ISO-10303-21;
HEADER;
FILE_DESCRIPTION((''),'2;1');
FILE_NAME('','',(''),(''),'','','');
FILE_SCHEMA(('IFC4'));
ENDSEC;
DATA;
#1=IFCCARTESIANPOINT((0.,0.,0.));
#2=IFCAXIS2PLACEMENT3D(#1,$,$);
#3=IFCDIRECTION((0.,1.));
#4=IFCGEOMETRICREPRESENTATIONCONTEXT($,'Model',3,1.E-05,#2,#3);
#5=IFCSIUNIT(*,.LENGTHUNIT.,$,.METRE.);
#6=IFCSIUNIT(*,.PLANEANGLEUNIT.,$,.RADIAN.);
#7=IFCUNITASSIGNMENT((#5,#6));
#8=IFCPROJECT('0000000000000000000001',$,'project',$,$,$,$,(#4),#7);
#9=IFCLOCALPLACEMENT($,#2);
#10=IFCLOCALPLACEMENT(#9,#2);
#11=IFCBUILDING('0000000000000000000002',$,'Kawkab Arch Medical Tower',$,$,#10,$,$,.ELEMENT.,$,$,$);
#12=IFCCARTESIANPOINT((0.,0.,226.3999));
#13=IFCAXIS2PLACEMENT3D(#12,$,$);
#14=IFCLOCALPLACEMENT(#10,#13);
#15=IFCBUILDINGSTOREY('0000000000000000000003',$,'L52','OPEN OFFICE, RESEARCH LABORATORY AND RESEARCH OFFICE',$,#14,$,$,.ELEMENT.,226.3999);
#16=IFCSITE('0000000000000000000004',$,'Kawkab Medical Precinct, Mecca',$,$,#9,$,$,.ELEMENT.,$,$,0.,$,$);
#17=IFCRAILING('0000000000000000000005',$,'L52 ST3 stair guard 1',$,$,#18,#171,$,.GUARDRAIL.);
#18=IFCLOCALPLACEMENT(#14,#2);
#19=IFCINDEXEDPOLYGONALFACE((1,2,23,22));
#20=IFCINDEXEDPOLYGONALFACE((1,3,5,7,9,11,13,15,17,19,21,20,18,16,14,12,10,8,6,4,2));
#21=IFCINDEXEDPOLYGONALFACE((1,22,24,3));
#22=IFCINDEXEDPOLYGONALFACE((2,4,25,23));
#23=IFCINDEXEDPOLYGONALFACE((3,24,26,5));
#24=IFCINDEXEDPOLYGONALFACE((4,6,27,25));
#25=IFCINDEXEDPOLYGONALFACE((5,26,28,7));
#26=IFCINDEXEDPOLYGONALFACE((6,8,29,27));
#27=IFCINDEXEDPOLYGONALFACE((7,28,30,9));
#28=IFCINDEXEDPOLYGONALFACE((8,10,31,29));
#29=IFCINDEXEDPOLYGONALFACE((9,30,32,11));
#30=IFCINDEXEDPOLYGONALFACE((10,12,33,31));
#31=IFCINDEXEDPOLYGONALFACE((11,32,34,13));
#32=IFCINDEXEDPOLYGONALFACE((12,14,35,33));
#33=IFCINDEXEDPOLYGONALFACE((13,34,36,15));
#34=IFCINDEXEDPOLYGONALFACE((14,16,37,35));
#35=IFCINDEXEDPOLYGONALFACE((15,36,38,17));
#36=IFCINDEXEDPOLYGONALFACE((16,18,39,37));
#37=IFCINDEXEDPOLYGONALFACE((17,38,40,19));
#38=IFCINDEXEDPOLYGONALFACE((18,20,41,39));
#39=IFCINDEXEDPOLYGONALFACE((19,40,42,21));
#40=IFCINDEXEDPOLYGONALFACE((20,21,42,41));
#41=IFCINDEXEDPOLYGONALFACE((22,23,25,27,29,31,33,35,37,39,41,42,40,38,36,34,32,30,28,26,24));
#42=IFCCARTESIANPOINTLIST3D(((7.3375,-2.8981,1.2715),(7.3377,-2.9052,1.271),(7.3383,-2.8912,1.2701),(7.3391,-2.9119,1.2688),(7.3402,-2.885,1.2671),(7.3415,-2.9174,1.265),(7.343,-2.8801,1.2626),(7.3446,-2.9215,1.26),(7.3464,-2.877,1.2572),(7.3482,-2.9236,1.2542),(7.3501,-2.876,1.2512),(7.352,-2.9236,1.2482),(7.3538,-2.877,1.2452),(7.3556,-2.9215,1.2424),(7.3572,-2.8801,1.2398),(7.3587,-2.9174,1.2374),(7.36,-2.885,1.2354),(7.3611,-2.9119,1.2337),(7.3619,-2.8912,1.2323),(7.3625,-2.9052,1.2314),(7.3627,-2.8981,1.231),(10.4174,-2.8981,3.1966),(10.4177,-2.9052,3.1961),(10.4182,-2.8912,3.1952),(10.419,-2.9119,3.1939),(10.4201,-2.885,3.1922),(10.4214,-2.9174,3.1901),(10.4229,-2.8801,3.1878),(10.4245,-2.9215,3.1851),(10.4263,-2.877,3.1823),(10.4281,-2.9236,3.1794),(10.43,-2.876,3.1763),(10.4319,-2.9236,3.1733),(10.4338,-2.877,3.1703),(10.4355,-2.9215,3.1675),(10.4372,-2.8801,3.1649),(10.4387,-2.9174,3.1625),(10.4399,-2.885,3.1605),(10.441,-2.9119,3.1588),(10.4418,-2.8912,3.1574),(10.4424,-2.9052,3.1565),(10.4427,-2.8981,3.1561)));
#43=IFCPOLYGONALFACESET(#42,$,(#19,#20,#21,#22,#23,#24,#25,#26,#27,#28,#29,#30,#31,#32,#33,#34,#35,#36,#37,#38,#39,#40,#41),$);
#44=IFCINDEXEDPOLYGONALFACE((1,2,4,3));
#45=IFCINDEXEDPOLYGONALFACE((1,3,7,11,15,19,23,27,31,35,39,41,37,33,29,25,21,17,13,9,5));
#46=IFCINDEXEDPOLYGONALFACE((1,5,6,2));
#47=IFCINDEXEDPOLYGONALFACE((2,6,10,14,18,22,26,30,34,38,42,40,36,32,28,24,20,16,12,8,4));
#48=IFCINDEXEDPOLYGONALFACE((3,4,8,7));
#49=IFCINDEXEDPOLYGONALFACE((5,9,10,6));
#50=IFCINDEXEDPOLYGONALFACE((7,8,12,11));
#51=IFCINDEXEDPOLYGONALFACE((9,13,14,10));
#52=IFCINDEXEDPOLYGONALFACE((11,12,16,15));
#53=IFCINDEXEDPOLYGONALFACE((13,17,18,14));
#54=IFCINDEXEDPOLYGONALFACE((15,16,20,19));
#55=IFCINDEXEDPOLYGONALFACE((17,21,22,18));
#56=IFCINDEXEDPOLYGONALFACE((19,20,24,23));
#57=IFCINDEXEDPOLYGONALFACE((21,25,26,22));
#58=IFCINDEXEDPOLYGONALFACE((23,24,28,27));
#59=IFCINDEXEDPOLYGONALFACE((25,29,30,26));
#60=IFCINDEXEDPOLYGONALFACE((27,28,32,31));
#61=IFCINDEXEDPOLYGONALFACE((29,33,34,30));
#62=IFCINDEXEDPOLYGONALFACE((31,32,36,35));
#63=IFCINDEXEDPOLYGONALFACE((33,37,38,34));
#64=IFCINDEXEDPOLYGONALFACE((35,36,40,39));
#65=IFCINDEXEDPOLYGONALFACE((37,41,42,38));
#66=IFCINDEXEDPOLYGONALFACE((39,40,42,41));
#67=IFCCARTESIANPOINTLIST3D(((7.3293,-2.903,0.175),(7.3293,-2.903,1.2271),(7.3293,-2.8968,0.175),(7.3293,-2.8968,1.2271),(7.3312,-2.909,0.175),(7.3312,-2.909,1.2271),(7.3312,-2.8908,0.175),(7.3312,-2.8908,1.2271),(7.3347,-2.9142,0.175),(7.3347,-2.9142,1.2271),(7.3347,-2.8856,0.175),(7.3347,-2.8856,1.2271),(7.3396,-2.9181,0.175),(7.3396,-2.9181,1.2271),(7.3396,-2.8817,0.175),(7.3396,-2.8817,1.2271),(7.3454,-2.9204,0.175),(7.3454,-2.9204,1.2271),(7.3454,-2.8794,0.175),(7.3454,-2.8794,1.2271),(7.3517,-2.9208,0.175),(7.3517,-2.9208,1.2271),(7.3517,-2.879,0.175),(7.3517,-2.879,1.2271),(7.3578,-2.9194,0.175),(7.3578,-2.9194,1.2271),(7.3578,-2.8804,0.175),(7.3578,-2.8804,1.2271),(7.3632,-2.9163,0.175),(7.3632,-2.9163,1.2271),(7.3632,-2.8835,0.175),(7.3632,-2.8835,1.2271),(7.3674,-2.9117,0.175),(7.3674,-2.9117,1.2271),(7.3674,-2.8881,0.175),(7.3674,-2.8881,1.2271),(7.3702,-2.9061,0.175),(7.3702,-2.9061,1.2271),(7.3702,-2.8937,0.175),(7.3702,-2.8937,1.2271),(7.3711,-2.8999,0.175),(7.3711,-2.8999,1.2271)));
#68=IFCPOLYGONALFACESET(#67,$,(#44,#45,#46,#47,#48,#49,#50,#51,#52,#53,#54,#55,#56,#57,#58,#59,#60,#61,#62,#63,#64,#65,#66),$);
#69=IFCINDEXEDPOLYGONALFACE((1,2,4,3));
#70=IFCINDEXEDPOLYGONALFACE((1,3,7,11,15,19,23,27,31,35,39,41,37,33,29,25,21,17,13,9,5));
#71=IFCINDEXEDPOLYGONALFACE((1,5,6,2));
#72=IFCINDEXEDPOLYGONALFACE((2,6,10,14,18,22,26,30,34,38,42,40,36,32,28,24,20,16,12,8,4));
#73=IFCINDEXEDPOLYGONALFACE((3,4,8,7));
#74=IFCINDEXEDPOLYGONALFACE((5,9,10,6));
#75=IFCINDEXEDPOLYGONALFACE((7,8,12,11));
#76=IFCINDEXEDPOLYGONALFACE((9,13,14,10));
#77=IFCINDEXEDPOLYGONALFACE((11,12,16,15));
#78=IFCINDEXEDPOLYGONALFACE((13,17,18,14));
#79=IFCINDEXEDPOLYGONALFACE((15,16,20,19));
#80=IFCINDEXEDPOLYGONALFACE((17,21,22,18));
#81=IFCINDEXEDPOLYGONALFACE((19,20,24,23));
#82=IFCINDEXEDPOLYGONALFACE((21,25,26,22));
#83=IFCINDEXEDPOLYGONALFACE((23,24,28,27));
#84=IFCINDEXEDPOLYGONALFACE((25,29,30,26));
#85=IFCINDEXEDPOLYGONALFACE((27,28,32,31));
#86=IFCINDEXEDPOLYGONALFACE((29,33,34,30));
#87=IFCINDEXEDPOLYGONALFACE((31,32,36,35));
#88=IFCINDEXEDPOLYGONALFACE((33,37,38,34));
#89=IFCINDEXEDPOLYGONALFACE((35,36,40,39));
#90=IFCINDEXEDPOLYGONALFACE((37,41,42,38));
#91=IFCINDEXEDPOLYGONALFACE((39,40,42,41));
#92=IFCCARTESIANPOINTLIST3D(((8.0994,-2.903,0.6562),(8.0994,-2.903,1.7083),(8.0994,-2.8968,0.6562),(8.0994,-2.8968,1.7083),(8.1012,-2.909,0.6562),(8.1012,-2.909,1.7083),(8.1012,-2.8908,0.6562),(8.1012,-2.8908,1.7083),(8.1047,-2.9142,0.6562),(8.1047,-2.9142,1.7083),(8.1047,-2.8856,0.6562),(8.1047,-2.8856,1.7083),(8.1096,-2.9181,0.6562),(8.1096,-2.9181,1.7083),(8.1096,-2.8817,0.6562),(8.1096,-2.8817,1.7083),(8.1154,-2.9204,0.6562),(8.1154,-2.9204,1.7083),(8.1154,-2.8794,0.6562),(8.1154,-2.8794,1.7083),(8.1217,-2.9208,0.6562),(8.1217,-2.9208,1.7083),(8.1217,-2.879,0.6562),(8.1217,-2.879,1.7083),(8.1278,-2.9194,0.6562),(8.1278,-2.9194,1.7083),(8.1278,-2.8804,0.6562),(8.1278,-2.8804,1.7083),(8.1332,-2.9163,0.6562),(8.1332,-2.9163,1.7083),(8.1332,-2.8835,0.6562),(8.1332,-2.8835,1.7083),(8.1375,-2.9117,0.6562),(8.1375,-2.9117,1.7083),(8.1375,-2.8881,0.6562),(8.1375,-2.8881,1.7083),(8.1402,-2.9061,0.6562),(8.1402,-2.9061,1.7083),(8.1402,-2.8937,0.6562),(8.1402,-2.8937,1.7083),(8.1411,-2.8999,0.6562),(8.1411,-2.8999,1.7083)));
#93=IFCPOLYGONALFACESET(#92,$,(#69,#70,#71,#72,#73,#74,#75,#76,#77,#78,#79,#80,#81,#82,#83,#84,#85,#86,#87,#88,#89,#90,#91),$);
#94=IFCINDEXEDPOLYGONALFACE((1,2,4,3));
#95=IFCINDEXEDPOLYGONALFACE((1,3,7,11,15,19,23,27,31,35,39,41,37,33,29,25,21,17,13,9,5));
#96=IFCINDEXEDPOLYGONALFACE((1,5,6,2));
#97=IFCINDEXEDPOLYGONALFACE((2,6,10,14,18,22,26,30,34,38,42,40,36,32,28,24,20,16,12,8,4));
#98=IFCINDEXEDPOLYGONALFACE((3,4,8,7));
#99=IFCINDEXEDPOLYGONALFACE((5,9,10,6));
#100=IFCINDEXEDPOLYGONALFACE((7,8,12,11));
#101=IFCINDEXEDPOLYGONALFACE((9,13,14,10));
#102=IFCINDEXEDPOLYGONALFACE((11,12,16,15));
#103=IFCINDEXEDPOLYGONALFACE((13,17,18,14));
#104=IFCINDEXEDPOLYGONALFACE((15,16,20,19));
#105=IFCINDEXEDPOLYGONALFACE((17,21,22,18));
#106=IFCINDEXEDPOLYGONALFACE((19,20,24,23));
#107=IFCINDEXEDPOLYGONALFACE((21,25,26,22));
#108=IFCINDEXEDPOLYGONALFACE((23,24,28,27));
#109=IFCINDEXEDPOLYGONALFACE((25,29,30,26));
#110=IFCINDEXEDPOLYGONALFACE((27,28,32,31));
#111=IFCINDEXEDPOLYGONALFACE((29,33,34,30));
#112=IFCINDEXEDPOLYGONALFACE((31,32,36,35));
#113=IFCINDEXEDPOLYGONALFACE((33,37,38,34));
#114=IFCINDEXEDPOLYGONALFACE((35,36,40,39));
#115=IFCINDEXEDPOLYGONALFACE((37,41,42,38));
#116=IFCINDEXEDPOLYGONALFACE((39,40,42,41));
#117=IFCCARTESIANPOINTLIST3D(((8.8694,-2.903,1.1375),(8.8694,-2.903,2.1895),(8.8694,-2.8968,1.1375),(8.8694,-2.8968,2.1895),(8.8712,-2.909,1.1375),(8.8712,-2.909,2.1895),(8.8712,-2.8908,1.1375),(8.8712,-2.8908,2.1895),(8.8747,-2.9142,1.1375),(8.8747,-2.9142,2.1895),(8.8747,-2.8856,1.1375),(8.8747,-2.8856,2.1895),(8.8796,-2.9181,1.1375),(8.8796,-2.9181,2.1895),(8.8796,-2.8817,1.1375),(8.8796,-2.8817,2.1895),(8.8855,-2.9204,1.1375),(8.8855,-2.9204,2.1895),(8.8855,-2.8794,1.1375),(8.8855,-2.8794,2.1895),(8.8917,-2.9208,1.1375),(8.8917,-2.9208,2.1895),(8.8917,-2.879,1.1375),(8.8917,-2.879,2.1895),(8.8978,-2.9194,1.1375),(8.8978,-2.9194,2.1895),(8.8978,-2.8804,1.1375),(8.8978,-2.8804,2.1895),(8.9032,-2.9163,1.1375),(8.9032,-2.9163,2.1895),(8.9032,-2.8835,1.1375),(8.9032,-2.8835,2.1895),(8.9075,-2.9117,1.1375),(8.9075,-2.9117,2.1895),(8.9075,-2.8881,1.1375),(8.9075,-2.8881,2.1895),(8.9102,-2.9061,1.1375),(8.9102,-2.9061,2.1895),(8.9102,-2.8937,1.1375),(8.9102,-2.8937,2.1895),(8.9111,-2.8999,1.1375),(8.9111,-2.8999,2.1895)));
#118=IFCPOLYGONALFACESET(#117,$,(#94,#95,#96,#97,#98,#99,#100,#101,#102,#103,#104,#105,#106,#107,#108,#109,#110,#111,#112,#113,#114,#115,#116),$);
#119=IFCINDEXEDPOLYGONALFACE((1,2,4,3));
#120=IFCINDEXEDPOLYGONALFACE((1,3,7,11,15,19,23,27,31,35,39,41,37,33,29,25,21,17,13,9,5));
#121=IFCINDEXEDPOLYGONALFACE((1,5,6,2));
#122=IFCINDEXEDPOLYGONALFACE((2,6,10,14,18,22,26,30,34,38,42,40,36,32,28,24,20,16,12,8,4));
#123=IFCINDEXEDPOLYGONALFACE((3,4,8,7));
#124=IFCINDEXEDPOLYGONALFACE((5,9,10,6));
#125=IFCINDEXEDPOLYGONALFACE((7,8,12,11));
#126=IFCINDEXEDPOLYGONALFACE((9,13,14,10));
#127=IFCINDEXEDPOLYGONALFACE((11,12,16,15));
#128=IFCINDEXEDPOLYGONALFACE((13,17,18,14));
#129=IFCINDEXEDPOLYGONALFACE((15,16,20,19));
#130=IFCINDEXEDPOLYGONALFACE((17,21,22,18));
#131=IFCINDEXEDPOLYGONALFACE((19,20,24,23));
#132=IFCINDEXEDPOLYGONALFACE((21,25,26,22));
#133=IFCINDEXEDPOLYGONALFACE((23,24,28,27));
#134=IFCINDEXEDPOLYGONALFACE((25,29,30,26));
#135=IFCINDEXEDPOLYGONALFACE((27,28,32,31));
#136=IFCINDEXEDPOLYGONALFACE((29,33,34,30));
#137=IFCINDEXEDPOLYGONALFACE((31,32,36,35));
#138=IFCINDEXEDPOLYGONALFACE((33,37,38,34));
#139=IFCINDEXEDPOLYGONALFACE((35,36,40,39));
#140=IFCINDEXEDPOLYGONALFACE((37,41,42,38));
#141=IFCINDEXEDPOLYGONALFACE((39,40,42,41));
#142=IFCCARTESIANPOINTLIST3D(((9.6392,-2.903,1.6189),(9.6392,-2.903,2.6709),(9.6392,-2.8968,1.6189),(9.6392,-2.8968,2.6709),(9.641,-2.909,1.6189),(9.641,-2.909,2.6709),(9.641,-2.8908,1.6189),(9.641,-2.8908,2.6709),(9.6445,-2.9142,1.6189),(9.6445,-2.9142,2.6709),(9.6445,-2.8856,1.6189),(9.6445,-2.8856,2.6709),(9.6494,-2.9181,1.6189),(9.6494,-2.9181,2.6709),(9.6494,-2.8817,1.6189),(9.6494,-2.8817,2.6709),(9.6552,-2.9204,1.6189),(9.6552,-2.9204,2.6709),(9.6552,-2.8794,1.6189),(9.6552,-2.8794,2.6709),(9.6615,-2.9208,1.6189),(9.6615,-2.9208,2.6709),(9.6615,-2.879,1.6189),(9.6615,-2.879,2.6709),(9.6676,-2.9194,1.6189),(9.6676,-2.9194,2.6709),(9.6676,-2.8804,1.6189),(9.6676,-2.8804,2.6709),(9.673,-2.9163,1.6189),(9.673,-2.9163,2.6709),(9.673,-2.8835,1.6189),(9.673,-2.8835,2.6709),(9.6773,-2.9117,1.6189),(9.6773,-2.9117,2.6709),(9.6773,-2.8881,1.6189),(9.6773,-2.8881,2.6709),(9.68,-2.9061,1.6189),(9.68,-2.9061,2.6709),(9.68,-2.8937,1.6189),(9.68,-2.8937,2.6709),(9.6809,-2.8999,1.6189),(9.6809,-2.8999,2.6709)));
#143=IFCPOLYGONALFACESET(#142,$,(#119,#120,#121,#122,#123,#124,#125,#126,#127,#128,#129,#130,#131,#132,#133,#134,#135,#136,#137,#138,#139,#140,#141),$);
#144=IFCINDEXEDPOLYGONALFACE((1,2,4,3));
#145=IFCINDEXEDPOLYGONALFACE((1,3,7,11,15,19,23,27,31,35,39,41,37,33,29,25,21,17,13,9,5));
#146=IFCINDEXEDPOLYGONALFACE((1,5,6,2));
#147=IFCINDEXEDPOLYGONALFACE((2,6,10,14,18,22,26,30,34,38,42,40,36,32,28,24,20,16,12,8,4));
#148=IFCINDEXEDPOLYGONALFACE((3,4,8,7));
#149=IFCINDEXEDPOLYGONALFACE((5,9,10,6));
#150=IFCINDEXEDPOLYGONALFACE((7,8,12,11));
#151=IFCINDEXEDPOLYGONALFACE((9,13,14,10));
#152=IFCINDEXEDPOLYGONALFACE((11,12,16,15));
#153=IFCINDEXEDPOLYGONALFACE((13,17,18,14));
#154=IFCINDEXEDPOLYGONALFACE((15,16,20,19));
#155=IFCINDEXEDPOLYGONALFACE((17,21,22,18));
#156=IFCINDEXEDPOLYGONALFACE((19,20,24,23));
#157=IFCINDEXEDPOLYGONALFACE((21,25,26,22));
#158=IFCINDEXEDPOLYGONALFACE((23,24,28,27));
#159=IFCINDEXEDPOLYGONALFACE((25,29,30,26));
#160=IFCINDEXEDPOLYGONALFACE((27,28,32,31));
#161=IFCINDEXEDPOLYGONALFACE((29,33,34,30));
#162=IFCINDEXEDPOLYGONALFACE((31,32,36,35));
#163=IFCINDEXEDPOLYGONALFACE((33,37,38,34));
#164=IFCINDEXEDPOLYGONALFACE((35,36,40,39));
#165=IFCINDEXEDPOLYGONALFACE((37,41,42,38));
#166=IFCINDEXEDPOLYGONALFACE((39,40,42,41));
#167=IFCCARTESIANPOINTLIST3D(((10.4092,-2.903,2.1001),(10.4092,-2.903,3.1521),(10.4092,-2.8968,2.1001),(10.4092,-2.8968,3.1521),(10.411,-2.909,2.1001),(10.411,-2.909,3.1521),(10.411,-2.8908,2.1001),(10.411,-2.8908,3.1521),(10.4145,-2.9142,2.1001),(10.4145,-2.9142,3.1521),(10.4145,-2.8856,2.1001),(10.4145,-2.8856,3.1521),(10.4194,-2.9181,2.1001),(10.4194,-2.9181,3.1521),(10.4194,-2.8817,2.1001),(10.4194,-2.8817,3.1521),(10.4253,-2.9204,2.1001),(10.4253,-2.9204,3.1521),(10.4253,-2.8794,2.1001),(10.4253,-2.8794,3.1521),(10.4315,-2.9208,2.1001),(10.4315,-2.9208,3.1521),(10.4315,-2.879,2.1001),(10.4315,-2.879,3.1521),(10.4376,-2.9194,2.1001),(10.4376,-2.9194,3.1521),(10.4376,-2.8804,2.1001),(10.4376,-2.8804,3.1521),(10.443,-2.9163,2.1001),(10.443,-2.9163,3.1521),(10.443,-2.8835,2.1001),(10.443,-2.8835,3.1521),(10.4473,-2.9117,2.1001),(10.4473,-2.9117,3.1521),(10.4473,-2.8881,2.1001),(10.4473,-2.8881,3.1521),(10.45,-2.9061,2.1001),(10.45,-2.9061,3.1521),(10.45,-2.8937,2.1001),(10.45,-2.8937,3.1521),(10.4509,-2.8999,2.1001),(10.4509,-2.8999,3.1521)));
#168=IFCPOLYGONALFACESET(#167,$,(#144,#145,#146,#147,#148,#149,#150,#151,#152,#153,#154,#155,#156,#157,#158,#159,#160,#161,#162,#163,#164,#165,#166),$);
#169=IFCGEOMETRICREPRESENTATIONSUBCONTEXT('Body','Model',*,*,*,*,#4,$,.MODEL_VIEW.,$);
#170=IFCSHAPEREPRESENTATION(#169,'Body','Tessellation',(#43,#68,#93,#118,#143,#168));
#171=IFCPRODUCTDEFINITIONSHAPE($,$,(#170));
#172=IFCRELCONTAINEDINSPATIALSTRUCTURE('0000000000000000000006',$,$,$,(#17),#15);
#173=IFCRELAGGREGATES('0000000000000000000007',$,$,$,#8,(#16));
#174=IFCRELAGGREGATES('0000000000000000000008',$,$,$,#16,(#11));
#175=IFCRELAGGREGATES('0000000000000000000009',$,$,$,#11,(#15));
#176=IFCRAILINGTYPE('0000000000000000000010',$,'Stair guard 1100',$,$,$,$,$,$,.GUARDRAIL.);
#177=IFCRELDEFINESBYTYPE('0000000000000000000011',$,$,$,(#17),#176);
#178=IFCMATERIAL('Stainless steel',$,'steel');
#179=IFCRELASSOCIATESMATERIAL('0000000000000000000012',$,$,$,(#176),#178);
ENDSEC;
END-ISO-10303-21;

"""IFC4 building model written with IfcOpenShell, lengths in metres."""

from ifc_helpers import new_model, si_unit, direction, frame, origin, origin_2d, place, context, subcontext, project, spatial, circle, extrude, material, type_object, element, save


model = new_model("IFC4")

# Units and contexts
model_context = context("Model", 3, precision=1e-05, world=origin(), true_north=direction((0.0, 1.0)))
body_context = subcontext(model_context, "Body", "Model", "MODEL_VIEW")
ifc_project = project(units=[si_unit("LENGTHUNIT", "METRE"), si_unit("PLANEANGLEUNIT", "RADIAN")], contexts=[model_context])

# Site, building, storey
site_placement = place(None, origin())
site = spatial("IfcSite", under=ifc_project, at=site_placement, Name="Kawkab Medical Precinct, Mecca", CompositionType="ELEMENT", RefElevation=0.0)
building_placement = place(site_placement, origin())
building = spatial("IfcBuilding", under=site, at=building_placement, Name="Kawkab Arch Medical Tower", CompositionType="ELEMENT")
storey_placement = place(building_placement, frame((0.0, 0.0, 226.3999)))
storey = spatial("IfcBuildingStorey", under=building, at=storey_placement, Name="L52", Description="OPEN OFFICE, RESEARCH LABORATORY AND RESEARCH OFFICE", CompositionType="ELEMENT", Elevation=226.3999)

# Railing
ifc_material_1 = material(Name="Stainless steel", Category="steel")
railing_type_1 = type_object("IfcRailingType", Name="Stair guard 1100", PredefinedType="GUARDRAIL", material=ifc_material_1)
railing_1_placement = place(storey_placement, frame((7.3501, -2.8999, 0.175)))
element("IfcRailing", 1, at=railing_1_placement, inside=storey, type_object=railing_type_1, Name="L52 ST3 stair guard 1", PredefinedType="GUARDRAIL", context=body_context, shape_type="SweptSolid", body=[
    extrude(circle(Radius=0.0239, at=origin_2d()), frame((0.0, 0.0, 1.0762), z_axis=(0.847979, 0.0, 0.530029), x_axis=(0.0, 1.0, 0.0)), (0.0, 0.0, 1.0), 3.6321),
    extrude(circle(Radius=0.021, at=origin_2d()), origin(), (0.0, 0.0, 1.0), 1.052),
    extrude(circle(Radius=0.021, at=origin_2d()), frame((0.77, 0.0, 0.4812)), (0.0, 0.0, 1.0), 1.052),
    extrude(circle(Radius=0.021, at=origin_2d()), frame((1.54, 0.0, 0.9624)), (0.0, 0.0, 1.0), 1.052),
    extrude(circle(Radius=0.021, at=origin_2d()), frame((2.3098, 0.0, 1.4438)), (0.0, 0.0, 1.0), 1.052),
    extrude(circle(Radius=0.021, at=origin_2d()), frame((3.0798, 0.0, 1.925)), (0.0, 0.0, 1.0), 1.052),
])

save(model, "model.ifc")
